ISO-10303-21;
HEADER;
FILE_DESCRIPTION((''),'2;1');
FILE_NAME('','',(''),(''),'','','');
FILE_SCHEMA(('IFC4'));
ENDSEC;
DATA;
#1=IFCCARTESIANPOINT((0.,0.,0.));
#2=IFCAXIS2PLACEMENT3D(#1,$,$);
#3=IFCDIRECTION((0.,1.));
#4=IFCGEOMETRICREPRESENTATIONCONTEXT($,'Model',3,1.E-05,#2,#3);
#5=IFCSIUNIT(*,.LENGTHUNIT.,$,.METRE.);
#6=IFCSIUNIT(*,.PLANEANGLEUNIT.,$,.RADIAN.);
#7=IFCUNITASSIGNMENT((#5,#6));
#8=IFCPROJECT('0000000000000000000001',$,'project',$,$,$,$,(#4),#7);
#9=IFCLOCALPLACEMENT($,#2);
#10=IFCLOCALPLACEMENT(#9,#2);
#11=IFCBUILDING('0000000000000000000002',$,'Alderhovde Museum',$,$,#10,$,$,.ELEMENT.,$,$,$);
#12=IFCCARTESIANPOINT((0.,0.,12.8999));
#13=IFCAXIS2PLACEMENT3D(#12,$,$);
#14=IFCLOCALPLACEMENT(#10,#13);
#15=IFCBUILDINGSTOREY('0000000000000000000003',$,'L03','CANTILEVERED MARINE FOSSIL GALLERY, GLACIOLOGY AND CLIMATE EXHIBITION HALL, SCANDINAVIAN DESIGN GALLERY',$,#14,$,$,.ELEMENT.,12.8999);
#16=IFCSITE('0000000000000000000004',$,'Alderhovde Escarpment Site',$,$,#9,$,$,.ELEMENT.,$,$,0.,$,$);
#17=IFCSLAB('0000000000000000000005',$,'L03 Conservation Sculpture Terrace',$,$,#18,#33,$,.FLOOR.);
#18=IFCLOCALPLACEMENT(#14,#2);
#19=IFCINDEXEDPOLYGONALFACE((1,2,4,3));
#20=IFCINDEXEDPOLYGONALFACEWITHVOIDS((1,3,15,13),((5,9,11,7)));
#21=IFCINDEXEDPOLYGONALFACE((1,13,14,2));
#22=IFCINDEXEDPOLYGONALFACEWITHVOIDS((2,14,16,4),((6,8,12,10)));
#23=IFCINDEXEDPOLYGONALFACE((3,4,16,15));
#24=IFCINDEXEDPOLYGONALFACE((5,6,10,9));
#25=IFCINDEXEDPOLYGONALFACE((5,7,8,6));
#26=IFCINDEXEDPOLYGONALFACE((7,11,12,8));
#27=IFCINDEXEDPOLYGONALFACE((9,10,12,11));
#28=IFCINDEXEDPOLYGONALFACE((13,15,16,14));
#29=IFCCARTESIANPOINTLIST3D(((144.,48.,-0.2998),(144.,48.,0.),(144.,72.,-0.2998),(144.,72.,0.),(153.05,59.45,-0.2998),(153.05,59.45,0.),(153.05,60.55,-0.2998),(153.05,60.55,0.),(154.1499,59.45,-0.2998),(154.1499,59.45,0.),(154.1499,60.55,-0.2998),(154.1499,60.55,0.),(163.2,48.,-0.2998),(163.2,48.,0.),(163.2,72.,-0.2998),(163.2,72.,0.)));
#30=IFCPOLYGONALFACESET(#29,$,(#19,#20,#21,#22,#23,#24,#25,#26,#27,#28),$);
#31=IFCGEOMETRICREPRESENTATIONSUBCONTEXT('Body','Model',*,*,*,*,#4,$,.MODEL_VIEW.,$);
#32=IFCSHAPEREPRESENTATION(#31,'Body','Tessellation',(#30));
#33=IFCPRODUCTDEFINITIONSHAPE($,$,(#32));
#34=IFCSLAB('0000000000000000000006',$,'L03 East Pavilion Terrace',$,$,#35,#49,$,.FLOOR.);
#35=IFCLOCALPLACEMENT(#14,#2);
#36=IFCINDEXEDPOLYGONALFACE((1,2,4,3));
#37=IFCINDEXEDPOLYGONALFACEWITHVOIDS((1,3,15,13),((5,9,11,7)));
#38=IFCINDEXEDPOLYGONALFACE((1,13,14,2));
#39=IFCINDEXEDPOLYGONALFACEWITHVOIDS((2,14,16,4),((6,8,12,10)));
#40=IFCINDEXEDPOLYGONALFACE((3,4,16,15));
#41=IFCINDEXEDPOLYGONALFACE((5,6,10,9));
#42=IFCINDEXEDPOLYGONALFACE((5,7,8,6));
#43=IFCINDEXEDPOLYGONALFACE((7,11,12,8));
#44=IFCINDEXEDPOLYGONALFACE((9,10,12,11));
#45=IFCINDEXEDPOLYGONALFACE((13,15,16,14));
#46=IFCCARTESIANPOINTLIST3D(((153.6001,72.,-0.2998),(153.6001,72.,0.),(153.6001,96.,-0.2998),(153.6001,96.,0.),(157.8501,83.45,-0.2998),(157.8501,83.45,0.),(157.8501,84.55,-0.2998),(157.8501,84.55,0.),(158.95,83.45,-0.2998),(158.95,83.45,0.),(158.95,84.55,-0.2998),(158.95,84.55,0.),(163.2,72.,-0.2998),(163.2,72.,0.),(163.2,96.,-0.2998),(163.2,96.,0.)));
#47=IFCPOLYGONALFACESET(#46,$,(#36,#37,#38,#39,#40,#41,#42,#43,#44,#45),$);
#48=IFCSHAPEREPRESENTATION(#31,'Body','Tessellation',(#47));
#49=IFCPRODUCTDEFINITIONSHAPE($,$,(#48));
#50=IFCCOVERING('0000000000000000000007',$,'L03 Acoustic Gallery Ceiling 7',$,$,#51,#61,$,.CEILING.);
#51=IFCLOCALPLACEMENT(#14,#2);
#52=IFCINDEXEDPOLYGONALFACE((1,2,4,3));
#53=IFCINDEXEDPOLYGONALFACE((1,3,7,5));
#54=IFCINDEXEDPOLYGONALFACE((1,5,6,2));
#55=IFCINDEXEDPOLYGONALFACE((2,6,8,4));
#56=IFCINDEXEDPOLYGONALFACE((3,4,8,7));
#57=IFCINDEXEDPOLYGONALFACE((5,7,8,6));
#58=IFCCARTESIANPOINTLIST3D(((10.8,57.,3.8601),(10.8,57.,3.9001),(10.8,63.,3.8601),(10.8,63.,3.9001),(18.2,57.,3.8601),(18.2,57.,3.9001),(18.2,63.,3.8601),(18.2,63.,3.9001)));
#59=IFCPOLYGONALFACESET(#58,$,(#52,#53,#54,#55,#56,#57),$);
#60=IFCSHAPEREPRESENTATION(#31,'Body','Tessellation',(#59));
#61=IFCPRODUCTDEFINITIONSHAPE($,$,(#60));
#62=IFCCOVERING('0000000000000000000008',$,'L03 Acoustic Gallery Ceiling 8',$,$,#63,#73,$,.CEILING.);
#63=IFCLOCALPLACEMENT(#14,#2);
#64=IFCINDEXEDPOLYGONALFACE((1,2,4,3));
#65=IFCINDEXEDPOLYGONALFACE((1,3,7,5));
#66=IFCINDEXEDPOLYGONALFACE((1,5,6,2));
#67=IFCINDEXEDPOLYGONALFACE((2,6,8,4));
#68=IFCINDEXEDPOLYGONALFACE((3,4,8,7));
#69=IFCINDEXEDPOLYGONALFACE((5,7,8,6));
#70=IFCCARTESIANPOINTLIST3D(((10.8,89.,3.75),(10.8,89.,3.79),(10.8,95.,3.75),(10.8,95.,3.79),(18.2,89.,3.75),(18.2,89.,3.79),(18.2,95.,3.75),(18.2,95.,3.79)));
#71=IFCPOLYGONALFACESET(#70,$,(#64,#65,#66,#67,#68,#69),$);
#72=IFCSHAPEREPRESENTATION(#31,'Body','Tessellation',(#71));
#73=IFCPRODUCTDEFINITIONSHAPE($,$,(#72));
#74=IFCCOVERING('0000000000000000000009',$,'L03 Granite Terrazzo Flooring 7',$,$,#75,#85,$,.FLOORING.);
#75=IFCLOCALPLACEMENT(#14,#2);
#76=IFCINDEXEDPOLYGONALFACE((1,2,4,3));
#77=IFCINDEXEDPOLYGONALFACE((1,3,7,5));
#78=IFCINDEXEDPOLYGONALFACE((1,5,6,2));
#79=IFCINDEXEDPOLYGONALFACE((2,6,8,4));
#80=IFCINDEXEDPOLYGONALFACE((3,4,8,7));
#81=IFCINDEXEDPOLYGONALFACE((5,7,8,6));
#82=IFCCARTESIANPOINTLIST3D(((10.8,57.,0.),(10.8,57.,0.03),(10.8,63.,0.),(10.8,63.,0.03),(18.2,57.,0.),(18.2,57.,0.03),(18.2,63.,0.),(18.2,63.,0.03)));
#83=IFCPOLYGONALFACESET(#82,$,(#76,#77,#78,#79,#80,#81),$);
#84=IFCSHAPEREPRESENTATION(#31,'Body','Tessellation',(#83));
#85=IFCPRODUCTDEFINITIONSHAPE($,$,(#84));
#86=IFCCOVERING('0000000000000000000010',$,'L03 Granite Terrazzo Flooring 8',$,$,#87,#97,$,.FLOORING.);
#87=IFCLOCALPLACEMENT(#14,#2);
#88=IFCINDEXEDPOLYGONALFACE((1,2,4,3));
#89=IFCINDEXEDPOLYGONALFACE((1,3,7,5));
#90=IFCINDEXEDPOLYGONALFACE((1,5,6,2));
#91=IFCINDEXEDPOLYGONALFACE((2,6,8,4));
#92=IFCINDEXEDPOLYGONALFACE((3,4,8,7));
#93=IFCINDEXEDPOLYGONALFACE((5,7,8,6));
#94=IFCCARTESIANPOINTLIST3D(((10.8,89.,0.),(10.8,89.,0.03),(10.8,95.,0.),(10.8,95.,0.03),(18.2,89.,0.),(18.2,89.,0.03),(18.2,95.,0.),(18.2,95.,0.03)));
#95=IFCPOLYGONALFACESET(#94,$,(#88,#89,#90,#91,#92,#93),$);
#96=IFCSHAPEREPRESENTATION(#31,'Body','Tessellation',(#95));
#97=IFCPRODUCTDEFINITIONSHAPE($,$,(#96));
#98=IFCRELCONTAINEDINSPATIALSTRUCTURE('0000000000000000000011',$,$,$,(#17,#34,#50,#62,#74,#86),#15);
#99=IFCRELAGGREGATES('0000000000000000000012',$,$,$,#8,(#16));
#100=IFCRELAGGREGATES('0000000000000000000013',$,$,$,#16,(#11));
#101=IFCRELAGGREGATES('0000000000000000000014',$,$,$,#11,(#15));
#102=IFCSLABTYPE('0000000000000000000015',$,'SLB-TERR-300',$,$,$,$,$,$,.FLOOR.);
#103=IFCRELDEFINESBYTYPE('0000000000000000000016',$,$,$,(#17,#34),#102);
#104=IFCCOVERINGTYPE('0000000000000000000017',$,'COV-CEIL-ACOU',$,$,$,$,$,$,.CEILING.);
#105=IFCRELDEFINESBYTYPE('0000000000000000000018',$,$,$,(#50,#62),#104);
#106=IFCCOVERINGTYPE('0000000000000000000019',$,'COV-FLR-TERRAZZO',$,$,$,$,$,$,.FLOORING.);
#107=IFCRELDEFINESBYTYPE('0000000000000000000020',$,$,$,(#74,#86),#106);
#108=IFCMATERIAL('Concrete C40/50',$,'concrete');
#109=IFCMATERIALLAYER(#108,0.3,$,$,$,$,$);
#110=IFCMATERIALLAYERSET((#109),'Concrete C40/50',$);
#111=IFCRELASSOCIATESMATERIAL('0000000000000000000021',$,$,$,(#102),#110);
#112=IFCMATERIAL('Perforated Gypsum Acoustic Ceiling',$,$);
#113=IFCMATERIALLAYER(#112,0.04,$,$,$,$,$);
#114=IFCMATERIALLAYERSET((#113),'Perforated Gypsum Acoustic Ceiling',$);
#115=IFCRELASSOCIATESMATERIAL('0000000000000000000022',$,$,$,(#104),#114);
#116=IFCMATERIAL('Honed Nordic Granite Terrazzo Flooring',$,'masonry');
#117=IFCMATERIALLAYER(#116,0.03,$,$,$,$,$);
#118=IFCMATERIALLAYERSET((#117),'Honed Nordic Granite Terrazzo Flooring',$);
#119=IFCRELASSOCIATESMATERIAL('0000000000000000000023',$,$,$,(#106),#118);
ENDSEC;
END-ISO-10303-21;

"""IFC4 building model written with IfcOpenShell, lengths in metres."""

from ifc_helpers import new_model, si_unit, direction, frame, origin, place, context, subcontext, project, spatial, polyline, outline, extrude, material, layer, layer_set, type_object, element, save


model = new_model("IFC4")

# Units and contexts
model_context = context("Model", 3, precision=1e-05, world=origin(), true_north=direction((0.0, 1.0)))
body_context = subcontext(model_context, "Body", "Model", "MODEL_VIEW")
ifc_project = project(units=[si_unit("LENGTHUNIT", "METRE"), si_unit("PLANEANGLEUNIT", "RADIAN")], contexts=[model_context])

# Site, building, storey
site_placement = place(None, origin())
site = spatial("IfcSite", under=ifc_project, at=site_placement, Name="Alderhovde Escarpment Site", CompositionType="ELEMENT", RefElevation=0.0)
building_placement = place(site_placement, origin())
building = spatial("IfcBuilding", under=site, at=building_placement, Name="Alderhovde Museum", CompositionType="ELEMENT")
storey_placement = place(building_placement, frame((0.0, 0.0, 12.8999)))
storey = spatial("IfcBuildingStorey", under=building, at=storey_placement, Name="L03", Description="CANTILEVERED MARINE FOSSIL GALLERY, GLACIOLOGY AND CLIMATE EXHIBITION HALL, SCANDINAVIAN DESIGN GALLERY", CompositionType="ELEMENT", Elevation=12.8999)

# Slabs
ifc_material_1 = material(Name="Concrete C40/50", Category="concrete")
ifc_layer_1 = layer(ifc_material_1, 0.3)
ifc_layer_set_1 = layer_set([ifc_layer_1], Name="Concrete C40/50")
slab_type_1 = type_object("IfcSlabType", Name="SLB-TERR-300", PredefinedType="FLOOR", material=ifc_layer_set_1)
slab_1_placement = place(storey_placement, frame((0.0, 0.0, -0.2998)))
element("IfcSlab", 1, at=slab_1_placement, inside=storey, type_object=slab_type_1, Name="L03 Conservation Sculpture Terrace", PredefinedType="FLOOR", context=body_context, shape_type="SweptSolid", body=[
    extrude(outline(polyline([(144.0, 48.0), (163.2, 48.0), (163.2, 72.0), (144.0, 72.0), (144.0, 48.0)]), holes=[polyline([(153.05, 59.45), (154.1499, 59.45), (154.1499, 60.55), (153.05, 60.55), (153.05, 59.45)])]), origin(), (0.0, 0.0, 1.0), 0.2998),
])
slab_2_placement = place(storey_placement, frame((0.0, 0.0, -0.2998)))
element("IfcSlab", 2, at=slab_2_placement, inside=storey, type_object=slab_type_1, Name="L03 East Pavilion Terrace", PredefinedType="FLOOR", context=body_context, shape_type="SweptSolid", body=[
    extrude(outline(polyline([(153.6001, 72.0), (163.2, 72.0), (163.2, 96.0), (153.6001, 96.0), (153.6001, 72.0)]), holes=[polyline([(157.8501, 83.45), (158.95, 83.45), (158.95, 84.55), (157.8501, 84.55), (157.8501, 83.45)])]), origin(), (0.0, 0.0, 1.0), 0.2998),
])

# Coverings
ifc_material_2 = material(Name="Perforated Gypsum Acoustic Ceiling")
ifc_layer_2 = layer(ifc_material_2, 0.04)
ifc_layer_set_2 = layer_set([ifc_layer_2], Name="Perforated Gypsum Acoustic Ceiling")
covering_type_1 = type_object("IfcCoveringType", Name="COV-CEIL-ACOU", PredefinedType="CEILING", material=ifc_layer_set_2)
covering_1_placement = place(storey_placement, frame((0.0, 0.0, 3.8601)))
element("IfcCovering", 3, at=covering_1_placement, inside=storey, type_object=covering_type_1, Name="L03 Acoustic Gallery Ceiling 7", PredefinedType="CEILING", context=body_context, shape_type="SweptSolid", body=[
    extrude(outline(polyline([(10.8, 57.0), (18.2, 57.0), (18.2, 63.0), (10.8, 63.0), (10.8, 57.0)])), origin(), (0.0, 0.0, 1.0), 0.04),
])
covering_2_placement = place(storey_placement, frame((0.0, 0.0, 3.75)))
element("IfcCovering", 4, at=covering_2_placement, inside=storey, type_object=covering_type_1, Name="L03 Acoustic Gallery Ceiling 8", PredefinedType="CEILING", context=body_context, shape_type="SweptSolid", body=[
    extrude(outline(polyline([(10.8, 89.0), (18.2, 89.0), (18.2, 95.0), (10.8, 95.0), (10.8, 89.0)])), origin(), (0.0, 0.0, 1.0), 0.04),
])
ifc_material_3 = material(Name="Honed Nordic Granite Terrazzo Flooring", Category="masonry")
ifc_layer_3 = layer(ifc_material_3, 0.03)
ifc_layer_set_3 = layer_set([ifc_layer_3], Name="Honed Nordic Granite Terrazzo Flooring")
covering_type_2 = type_object("IfcCoveringType", Name="COV-FLR-TERRAZZO", PredefinedType="FLOORING", material=ifc_layer_set_3)
covering_3_placement = place(storey_placement, origin())
element("IfcCovering", 5, at=covering_3_placement, inside=storey, type_object=covering_type_2, Name="L03 Granite Terrazzo Flooring 7", PredefinedType="FLOORING", context=body_context, shape_type="SweptSolid", body=[
    extrude(outline(polyline([(10.8, 57.0), (18.2, 57.0), (18.2, 63.0), (10.8, 63.0), (10.8, 57.0)])), origin(), (0.0, 0.0, 1.0), 0.03),
])
covering_4_placement = place(storey_placement, origin())
element("IfcCovering", 6, at=covering_4_placement, inside=storey, type_object=covering_type_2, Name="L03 Granite Terrazzo Flooring 8", PredefinedType="FLOORING", context=body_context, shape_type="SweptSolid", body=[
    extrude(outline(polyline([(10.8, 89.0), (18.2, 89.0), (18.2, 95.0), (10.8, 95.0), (10.8, 89.0)])), origin(), (0.0, 0.0, 1.0), 0.03),
])

save(model, "model.ifc")
